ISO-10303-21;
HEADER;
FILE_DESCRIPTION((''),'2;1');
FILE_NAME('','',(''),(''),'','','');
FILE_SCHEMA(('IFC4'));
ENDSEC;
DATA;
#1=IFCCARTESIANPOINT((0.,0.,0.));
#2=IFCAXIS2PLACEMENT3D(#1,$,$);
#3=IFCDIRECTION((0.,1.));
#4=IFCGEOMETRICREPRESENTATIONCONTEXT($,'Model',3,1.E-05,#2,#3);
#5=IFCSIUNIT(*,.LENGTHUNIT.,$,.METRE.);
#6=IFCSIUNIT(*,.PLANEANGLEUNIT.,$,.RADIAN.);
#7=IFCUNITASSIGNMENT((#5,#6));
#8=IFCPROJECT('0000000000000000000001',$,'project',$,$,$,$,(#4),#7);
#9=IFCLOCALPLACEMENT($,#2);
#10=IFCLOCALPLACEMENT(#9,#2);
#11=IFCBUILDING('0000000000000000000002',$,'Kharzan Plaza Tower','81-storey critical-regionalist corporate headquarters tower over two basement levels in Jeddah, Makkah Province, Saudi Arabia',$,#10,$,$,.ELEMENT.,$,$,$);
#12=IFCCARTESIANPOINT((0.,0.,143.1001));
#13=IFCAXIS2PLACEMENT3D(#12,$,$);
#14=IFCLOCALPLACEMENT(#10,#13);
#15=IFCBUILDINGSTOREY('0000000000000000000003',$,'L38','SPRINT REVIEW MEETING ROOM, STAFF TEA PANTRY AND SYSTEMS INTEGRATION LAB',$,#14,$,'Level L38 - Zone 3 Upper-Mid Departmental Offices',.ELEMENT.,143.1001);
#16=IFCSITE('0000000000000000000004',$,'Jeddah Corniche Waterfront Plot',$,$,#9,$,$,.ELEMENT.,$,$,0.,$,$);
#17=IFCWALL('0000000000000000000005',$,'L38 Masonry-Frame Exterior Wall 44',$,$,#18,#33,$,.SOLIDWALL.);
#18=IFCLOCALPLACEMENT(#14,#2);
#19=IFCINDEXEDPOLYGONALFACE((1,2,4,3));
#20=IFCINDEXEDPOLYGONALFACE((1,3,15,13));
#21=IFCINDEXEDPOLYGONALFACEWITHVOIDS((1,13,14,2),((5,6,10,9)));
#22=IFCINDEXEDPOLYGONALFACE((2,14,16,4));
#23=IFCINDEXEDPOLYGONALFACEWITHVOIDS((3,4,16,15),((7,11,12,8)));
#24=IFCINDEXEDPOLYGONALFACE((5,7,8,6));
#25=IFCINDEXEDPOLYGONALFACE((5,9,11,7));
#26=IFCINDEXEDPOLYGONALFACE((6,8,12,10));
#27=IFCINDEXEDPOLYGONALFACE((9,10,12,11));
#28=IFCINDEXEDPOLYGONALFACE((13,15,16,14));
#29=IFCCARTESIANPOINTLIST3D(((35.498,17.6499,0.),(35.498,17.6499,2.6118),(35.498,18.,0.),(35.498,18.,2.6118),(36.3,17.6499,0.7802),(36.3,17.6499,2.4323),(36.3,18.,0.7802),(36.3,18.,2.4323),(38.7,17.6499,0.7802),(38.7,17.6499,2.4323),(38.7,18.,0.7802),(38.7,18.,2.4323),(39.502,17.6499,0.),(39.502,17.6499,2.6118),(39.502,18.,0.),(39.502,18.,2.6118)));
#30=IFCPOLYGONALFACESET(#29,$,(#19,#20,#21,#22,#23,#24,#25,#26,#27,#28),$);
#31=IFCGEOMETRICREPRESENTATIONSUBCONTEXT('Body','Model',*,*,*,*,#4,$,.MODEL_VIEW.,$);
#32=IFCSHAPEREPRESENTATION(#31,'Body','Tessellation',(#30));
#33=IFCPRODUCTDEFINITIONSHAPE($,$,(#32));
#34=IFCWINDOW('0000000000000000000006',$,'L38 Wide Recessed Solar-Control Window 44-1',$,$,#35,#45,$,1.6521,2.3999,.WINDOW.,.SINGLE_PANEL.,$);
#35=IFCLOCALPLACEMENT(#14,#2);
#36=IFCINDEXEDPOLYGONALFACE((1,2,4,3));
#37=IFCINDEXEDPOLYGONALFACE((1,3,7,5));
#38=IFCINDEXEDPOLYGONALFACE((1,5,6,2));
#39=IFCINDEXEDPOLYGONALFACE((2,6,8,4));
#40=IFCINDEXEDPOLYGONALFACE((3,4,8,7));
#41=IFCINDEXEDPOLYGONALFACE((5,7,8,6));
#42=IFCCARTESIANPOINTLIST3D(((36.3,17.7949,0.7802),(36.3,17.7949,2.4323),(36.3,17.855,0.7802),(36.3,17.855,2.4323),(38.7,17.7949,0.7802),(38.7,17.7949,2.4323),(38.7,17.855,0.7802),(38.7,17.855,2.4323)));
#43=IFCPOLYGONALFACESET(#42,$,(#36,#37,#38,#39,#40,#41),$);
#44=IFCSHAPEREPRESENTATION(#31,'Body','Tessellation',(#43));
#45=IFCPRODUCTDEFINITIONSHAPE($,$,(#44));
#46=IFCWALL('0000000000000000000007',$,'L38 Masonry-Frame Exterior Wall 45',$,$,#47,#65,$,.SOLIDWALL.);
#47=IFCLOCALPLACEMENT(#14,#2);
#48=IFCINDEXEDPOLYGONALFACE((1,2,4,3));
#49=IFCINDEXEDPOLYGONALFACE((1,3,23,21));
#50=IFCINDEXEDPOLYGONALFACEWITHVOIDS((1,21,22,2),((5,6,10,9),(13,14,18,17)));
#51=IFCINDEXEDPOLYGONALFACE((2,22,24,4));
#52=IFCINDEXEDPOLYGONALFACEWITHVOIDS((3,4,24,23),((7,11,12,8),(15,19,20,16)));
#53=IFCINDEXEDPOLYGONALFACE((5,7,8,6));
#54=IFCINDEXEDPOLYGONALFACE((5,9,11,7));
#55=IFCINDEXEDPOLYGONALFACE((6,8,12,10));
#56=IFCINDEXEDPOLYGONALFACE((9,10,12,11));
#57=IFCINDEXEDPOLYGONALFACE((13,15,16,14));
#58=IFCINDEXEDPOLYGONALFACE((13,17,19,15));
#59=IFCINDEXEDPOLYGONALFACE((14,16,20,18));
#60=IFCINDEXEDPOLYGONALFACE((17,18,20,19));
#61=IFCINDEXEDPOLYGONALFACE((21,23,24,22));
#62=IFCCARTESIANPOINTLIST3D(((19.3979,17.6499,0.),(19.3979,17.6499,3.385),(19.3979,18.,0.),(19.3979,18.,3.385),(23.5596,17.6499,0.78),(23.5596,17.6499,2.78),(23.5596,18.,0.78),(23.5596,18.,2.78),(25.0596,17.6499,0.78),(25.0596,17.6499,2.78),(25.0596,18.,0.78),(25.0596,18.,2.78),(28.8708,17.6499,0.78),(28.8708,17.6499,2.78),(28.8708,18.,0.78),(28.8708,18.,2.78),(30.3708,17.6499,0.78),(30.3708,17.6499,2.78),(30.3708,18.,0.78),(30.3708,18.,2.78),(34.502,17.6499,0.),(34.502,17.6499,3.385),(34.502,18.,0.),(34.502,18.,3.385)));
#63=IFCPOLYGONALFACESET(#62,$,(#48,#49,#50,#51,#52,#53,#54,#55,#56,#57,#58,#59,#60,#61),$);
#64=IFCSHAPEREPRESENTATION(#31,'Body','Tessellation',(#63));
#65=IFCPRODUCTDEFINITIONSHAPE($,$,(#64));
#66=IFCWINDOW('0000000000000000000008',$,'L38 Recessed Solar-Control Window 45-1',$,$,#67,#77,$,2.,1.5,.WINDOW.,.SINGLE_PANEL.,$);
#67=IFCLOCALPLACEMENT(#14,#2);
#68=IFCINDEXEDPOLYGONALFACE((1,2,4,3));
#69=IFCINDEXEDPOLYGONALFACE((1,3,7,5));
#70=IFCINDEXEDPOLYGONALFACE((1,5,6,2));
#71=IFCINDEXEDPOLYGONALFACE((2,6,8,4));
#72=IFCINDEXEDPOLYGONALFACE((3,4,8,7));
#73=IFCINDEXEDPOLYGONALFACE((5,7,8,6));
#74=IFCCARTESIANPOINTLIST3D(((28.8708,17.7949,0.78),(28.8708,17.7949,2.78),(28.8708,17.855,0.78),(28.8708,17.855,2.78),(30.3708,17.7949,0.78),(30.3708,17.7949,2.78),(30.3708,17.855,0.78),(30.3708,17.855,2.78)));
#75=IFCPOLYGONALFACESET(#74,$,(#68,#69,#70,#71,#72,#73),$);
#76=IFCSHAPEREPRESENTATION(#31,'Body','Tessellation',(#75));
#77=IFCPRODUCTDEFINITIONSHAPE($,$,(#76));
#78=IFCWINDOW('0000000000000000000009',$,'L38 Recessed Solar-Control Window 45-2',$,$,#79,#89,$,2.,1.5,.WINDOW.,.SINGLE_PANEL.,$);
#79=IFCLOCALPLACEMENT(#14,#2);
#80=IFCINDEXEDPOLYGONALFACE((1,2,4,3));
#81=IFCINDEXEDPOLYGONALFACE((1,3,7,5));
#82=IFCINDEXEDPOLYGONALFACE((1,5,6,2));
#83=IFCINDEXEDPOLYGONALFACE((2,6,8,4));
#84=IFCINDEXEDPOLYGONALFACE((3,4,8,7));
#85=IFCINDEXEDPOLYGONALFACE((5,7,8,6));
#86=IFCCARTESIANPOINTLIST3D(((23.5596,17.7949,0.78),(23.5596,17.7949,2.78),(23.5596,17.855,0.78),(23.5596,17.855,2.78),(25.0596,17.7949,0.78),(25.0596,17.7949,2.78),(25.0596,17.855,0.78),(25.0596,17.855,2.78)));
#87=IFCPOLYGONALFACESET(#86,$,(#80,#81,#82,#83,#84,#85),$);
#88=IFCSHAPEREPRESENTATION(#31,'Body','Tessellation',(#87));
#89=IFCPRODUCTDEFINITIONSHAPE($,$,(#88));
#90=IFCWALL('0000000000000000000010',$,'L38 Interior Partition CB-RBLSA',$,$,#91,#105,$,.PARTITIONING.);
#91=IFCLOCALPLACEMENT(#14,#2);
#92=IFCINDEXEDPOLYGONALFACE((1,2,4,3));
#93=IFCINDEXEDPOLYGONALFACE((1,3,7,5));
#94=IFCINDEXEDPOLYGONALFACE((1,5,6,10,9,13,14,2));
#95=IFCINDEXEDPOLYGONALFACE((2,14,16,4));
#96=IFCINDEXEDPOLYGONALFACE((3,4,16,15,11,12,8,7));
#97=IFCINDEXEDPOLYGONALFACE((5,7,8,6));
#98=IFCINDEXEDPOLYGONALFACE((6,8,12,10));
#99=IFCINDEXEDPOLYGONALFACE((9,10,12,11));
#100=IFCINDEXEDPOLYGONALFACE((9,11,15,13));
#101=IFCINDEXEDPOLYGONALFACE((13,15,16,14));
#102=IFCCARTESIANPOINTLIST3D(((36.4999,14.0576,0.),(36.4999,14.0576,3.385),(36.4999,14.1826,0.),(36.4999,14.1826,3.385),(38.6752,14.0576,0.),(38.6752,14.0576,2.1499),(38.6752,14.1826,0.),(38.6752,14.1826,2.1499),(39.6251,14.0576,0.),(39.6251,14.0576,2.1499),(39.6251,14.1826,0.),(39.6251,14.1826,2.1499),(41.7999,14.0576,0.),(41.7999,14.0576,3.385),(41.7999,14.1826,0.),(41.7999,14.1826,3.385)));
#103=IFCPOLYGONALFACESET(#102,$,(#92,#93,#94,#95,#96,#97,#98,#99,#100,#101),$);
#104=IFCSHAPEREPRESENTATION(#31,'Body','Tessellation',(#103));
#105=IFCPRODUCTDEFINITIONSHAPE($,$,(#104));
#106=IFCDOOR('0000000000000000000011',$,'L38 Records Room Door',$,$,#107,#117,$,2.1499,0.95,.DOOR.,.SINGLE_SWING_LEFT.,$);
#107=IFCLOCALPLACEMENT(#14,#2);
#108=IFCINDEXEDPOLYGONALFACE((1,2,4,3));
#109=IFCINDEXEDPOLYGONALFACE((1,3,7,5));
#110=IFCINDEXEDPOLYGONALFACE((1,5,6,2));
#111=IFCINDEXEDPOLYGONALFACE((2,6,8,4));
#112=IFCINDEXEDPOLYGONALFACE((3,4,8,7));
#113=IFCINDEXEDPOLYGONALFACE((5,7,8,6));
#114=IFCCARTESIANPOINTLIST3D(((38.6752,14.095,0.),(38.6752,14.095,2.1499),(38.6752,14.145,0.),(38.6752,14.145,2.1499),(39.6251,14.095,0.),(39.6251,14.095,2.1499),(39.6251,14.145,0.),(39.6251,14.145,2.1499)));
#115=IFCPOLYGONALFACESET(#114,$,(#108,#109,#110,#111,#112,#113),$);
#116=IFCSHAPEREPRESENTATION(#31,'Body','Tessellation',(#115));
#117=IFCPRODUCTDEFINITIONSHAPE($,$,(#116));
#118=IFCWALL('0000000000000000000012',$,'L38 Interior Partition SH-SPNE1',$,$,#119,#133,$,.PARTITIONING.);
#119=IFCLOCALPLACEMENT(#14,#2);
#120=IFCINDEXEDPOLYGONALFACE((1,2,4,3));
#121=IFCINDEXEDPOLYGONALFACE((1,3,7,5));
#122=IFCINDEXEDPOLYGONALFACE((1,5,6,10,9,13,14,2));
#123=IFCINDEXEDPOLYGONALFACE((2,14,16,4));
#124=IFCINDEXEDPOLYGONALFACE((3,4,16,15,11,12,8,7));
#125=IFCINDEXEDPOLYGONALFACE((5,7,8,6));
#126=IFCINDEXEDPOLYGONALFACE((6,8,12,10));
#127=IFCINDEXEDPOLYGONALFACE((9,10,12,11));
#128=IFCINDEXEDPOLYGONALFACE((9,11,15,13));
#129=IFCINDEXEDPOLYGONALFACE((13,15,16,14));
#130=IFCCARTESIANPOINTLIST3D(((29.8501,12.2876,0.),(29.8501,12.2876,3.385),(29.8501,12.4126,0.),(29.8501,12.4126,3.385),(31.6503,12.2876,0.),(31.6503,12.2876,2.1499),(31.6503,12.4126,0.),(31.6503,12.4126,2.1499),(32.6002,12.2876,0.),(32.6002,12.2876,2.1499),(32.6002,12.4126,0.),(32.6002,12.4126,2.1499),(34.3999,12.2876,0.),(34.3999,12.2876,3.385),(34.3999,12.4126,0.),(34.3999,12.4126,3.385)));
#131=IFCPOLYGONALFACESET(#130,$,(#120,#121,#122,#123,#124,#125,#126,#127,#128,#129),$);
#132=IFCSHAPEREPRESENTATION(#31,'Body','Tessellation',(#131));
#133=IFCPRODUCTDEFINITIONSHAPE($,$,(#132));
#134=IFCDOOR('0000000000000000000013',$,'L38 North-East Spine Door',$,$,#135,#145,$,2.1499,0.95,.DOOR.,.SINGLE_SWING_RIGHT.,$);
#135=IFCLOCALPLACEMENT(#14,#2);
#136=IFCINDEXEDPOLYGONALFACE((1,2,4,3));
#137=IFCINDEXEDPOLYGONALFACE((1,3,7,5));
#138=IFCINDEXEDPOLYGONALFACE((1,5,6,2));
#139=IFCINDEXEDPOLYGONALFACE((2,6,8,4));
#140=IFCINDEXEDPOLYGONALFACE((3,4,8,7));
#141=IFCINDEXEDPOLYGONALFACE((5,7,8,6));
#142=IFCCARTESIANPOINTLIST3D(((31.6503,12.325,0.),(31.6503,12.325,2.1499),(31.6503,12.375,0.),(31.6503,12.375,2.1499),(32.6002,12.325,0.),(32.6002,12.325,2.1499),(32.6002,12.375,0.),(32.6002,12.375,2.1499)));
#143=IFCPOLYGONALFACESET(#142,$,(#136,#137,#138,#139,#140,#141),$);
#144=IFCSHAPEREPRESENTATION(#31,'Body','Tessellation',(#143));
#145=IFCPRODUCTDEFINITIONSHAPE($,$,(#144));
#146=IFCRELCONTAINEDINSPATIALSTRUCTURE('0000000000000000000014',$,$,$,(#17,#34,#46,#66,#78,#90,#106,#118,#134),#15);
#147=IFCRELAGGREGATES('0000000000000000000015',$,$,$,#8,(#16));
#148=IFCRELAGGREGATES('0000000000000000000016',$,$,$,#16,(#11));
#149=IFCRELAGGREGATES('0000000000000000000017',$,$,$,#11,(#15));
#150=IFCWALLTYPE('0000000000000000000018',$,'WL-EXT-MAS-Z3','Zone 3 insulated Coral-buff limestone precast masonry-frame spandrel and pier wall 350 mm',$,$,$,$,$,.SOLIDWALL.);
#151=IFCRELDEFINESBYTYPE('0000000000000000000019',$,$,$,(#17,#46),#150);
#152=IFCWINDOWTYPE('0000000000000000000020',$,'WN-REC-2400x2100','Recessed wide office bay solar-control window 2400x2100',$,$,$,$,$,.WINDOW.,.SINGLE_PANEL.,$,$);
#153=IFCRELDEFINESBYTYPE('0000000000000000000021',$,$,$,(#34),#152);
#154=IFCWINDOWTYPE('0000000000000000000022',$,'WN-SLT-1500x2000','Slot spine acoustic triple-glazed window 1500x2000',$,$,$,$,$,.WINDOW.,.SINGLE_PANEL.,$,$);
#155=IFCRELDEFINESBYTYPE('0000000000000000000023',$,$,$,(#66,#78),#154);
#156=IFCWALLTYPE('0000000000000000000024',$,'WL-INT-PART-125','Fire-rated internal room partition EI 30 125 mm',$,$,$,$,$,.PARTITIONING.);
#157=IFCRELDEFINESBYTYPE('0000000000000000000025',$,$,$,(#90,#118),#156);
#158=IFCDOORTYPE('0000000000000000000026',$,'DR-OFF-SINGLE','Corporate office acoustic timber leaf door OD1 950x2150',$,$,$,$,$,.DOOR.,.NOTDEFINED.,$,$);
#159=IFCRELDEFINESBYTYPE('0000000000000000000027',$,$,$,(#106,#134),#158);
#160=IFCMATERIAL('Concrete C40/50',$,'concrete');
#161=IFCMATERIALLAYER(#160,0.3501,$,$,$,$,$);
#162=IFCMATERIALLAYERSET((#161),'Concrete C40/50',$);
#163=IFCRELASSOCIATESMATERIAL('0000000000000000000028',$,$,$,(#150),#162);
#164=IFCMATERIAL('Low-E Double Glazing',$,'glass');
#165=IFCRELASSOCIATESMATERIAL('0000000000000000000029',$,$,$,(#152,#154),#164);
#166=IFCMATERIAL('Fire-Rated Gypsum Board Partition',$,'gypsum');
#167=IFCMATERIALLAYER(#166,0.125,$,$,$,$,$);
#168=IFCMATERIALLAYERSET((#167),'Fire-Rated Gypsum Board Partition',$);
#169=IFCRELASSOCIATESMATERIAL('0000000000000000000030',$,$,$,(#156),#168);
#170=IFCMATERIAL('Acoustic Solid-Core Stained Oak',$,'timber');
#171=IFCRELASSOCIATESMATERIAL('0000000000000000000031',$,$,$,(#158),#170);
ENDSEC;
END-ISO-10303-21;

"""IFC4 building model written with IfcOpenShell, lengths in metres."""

from ifc_helpers import new_model, si_unit, direction, frame, frame_2d, origin, place, context, subcontext, project, spatial, rectangle, extrude, source, transform, mapped, material, layer, layer_set, type_object, element, fill, save


model = new_model("IFC4")

# Units and contexts
model_context = context("Model", 3, precision=1e-05, world=origin(), true_north=direction((0.0, 1.0)))
body_context = subcontext(model_context, "Body", "Model", "MODEL_VIEW")
ifc_project = project(units=[si_unit("LENGTHUNIT", "METRE"), si_unit("PLANEANGLEUNIT", "RADIAN")], contexts=[model_context])

# Site, building, storey
site_placement = place(None, origin())
site = spatial("IfcSite", under=ifc_project, at=site_placement, Name="Jeddah Corniche Waterfront Plot", CompositionType="ELEMENT", RefElevation=0.0)
building_placement = place(site_placement, origin())
building = spatial("IfcBuilding", under=site, at=building_placement, Name="Kharzan Plaza Tower", Description="81-storey critical-regionalist corporate headquarters tower over two basement levels in Jeddah, Makkah Province, Saudi Arabia", CompositionType="ELEMENT")
storey_placement = place(building_placement, frame((0.0, 0.0, 143.1001)))
storey = spatial("IfcBuildingStorey", under=building, at=storey_placement, Name="L38", Description="SPRINT REVIEW MEETING ROOM, STAFF TEA PANTRY AND SYSTEMS INTEGRATION LAB", LongName="Level L38 - Zone 3 Upper-Mid Departmental Offices", CompositionType="ELEMENT", Elevation=143.1001)

# Wall, opening, window
ifc_material_1 = material(Name="Concrete C40/50", Category="concrete")
ifc_layer_1 = layer(ifc_material_1, 0.3501)
ifc_layer_set_1 = layer_set([ifc_layer_1], Name="Concrete C40/50")
wall_type_1 = type_object("IfcWallType", Name="WL-EXT-MAS-Z3", Description="Zone 3 insulated Coral-buff limestone precast masonry-frame spandrel and pier wall 350 mm", PredefinedType="SOLIDWALL", material=ifc_layer_set_1)
wall_1_placement = place(storey_placement, frame((39.502, 17.825, 0.0), z_axis=(0.0, 0.0, 1.0), x_axis=(-1.0, 0.0, 0.0)))
wall_1 = element("IfcWall", 1, at=wall_1_placement, inside=storey, type_object=wall_type_1, Name="L38 Masonry-Frame Exterior Wall 44", PredefinedType="SOLIDWALL", context=body_context, shape_type="SweptSolid", body=[
    extrude(rectangle(XDim=4.0039, YDim=0.3501, at=frame_2d((2.002, 0.0))), origin(), (0.0, 0.0, 1.0), 2.6118),
])
opening_1_placement = place(wall_1_placement, frame((0.802, 0.0, 0.78)))
opening_1 = element("IfcOpeningElement", 2, at=opening_1_placement, cuts=wall_1, PredefinedType="OPENING", context=body_context, shape_type="SweptSolid", body=[
    extrude(rectangle(XDim=2.3999, YDim=1.6521, at=frame_2d((1.2, 0.8262))), frame((0.0, 0.1851, 0.0), z_axis=(0.0, -1.0, 0.0), x_axis=(1.0, 0.0, 0.0)), (0.0, 0.0, 1.0), 0.3701),
])
ifc_material_2 = material(Name="Low-E Double Glazing", Category="glass")
window_type_1 = type_object("IfcWindowType", Name="WN-REC-2400x2100", Description="Recessed wide office bay solar-control window 2400x2100", PartitioningType="SINGLE_PANEL", PredefinedType="WINDOW", material=ifc_material_2)
shared_shape_1 = source(origin(), body_context, "Body", "SweptSolid", [
    extrude(rectangle(XDim=2.3999, YDim=1.6521, at=frame_2d((1.2, 0.8262))), frame((0.0, 0.03, 0.0), z_axis=(0.0, -1.0, 0.0), x_axis=(1.0, 0.0, 0.0)), (0.0, 0.0, 1.0), 0.0601),
])
window_1_placement = place(opening_1_placement, origin())
window_1 = element("IfcWindow", 3, at=window_1_placement, inside=storey, type_object=window_type_1, Name="L38 Wide Recessed Solar-Control Window 44-1", OverallHeight=1.6521, OverallWidth=2.3999, PartitioningType="SINGLE_PANEL", PredefinedType="WINDOW", context=body_context, shape_type="MappedRepresentation", body=[
    mapped(shared_shape_1, transform((0.0, 0.0, 0.0), x_axis=(1.0, 0.0, 0.0), y_axis=(0.0, 1.0, 0.0), z_axis=(0.0, 0.0, 1.0))),
])
fill(opening_1, window_1)

# Wall, openings, windows
wall_2_placement = place(storey_placement, frame((34.502, 17.825, 0.0), z_axis=(0.0, 0.0, 1.0), x_axis=(-1.0, 0.0, 0.0)))
wall_2 = element("IfcWall", 4, at=wall_2_placement, inside=storey, type_object=wall_type_1, Name="L38 Masonry-Frame Exterior Wall 45", PredefinedType="SOLIDWALL", context=body_context, shape_type="SweptSolid", body=[
    extrude(rectangle(XDim=15.104, YDim=0.3501, at=frame_2d((7.552, 0.0))), origin(), (0.0, 0.0, 1.0), 3.385),
])
opening_2_placement = place(wall_2_placement, frame((4.1311, 0.0, 0.78)))
opening_2 = element("IfcOpeningElement", 5, at=opening_2_placement, cuts=wall_2, PredefinedType="OPENING", context=body_context, shape_type="SweptSolid", body=[
    extrude(rectangle(XDim=1.5, YDim=2.0, at=frame_2d((0.75, 1.0))), frame((0.0, 0.1851, 0.0), z_axis=(0.0, -1.0, 0.0), x_axis=(1.0, 0.0, 0.0)), (0.0, 0.0, 1.0), 0.3701),
])
opening_3_placement = place(wall_2_placement, frame((9.4424, 0.0, 0.78)))
opening_3 = element("IfcOpeningElement", 6, at=opening_3_placement, cuts=wall_2, PredefinedType="OPENING", context=body_context, shape_type="SweptSolid", body=[
    extrude(rectangle(XDim=1.5, YDim=2.0, at=frame_2d((0.75, 1.0))), frame((0.0, 0.1851, 0.0), z_axis=(0.0, -1.0, 0.0), x_axis=(1.0, 0.0, 0.0)), (0.0, 0.0, 1.0), 0.3701),
])
window_type_2 = type_object("IfcWindowType", Name="WN-SLT-1500x2000", Description="Slot spine acoustic triple-glazed window 1500x2000", PartitioningType="SINGLE_PANEL", PredefinedType="WINDOW", material=ifc_material_2)
shared_shape_2 = source(origin(), body_context, "Body", "SweptSolid", [
    extrude(rectangle(XDim=1.5, YDim=2.0, at=frame_2d((0.75, 1.0))), frame((0.0, 0.03, 0.0), z_axis=(0.0, -1.0, 0.0), x_axis=(1.0, 0.0, 0.0)), (0.0, 0.0, 1.0), 0.0601),
])
window_2_placement = place(opening_2_placement, origin())
window_2 = element("IfcWindow", 7, at=window_2_placement, inside=storey, type_object=window_type_2, Name="L38 Recessed Solar-Control Window 45-1", OverallHeight=2.0, OverallWidth=1.5, PartitioningType="SINGLE_PANEL", PredefinedType="WINDOW", context=body_context, shape_type="MappedRepresentation", body=[
    mapped(shared_shape_2, transform((0.0, 0.0, 0.0), x_axis=(1.0, 0.0, 0.0), y_axis=(0.0, 1.0, 0.0), z_axis=(0.0, 0.0, 1.0))),
])
fill(opening_2, window_2)
window_3_placement = place(opening_3_placement, origin())
window_3 = element("IfcWindow", 8, at=window_3_placement, inside=storey, type_object=window_type_2, Name="L38 Recessed Solar-Control Window 45-2", OverallHeight=2.0, OverallWidth=1.5, PartitioningType="SINGLE_PANEL", PredefinedType="WINDOW", context=body_context, shape_type="MappedRepresentation", body=[
    mapped(shared_shape_2, transform((0.0, 0.0, 0.0), x_axis=(1.0, 0.0, 0.0), y_axis=(0.0, 1.0, 0.0), z_axis=(0.0, 0.0, 1.0))),
])
fill(opening_3, window_3)

# Walls, openings, doors
ifc_material_3 = material(Name="Fire-Rated Gypsum Board Partition", Category="gypsum")
ifc_layer_2 = layer(ifc_material_3, 0.125)
ifc_layer_set_2 = layer_set([ifc_layer_2], Name="Fire-Rated Gypsum Board Partition")
wall_type_2 = type_object("IfcWallType", Name="WL-INT-PART-125", Description="Fire-rated internal room partition EI 30 125 mm", PredefinedType="PARTITIONING", material=ifc_layer_set_2)
wall_3_placement = place(storey_placement, frame((36.5, 14.1201, 0.0), z_axis=(0.0, 0.0, 1.0), x_axis=(1.0, 0.0, 0.0)))
wall_3 = element("IfcWall", 9, at=wall_3_placement, inside=storey, type_object=wall_type_2, Name="L38 Interior Partition CB-RBLSA", PredefinedType="PARTITIONING", context=body_context, shape_type="SweptSolid", body=[
    extrude(rectangle(XDim=5.3, YDim=0.125, at=frame_2d((2.6499, 0.0))), origin(), (0.0, 0.0, 1.0), 3.385),
])
opening_4_placement = place(wall_3_placement, frame((2.175, 0.0, 0.0)))
opening_4 = element("IfcOpeningElement", 10, at=opening_4_placement, cuts=wall_3, PredefinedType="OPENING", context=body_context, shape_type="SweptSolid", body=[
    extrude(rectangle(XDim=0.95, YDim=2.1499, at=frame_2d((0.4751, 1.075))), frame((0.0, 0.0725, 0.0), z_axis=(0.0, -1.0, 0.0), x_axis=(1.0, 0.0, 0.0)), (0.0, 0.0, 1.0), 0.145),
])
ifc_material_4 = material(Name="Acoustic Solid-Core Stained Oak", Category="timber")
door_type_1 = type_object("IfcDoorType", Name="DR-OFF-SINGLE", Description="Corporate office acoustic timber leaf door OD1 950x2150", OperationType="NOTDEFINED", PredefinedType="DOOR", material=ifc_material_4)
shared_shape_3 = source(origin(), body_context, "Body", "SweptSolid", [
    extrude(rectangle(XDim=0.95, YDim=2.1499, at=frame_2d((0.4751, 1.075))), frame((0.0, 0.0249, 0.0), z_axis=(0.0, -1.0, 0.0), x_axis=(1.0, 0.0, 0.0)), (0.0, 0.0, 1.0), 0.05),
])
door_1_placement = place(opening_4_placement, origin())
door_1 = element("IfcDoor", 11, at=door_1_placement, inside=storey, type_object=door_type_1, Name="L38 Records Room Door", OperationType="SINGLE_SWING_LEFT", OverallHeight=2.1499, OverallWidth=0.95, PredefinedType="DOOR", context=body_context, shape_type="MappedRepresentation", body=[
    mapped(shared_shape_3, transform((0.0, 0.0, 0.0), x_axis=(1.0, 0.0, 0.0), y_axis=(0.0, 1.0, 0.0), z_axis=(0.0, 0.0, 1.0))),
])
fill(opening_4, door_1)
wall_4_placement = place(storey_placement, frame((29.8501, 12.3501, 0.0), z_axis=(0.0, 0.0, 1.0), x_axis=(1.0, 0.0, 0.0)))
wall_4 = element("IfcWall", 12, at=wall_4_placement, inside=storey, type_object=wall_type_2, Name="L38 Interior Partition SH-SPNE1", PredefinedType="PARTITIONING", context=body_context, shape_type="SweptSolid", body=[
    extrude(rectangle(XDim=4.5498, YDim=0.125, at=frame_2d((2.2749, 0.0))), origin(), (0.0, 0.0, 1.0), 3.385),
])
opening_5_placement = place(wall_4_placement, frame((1.8, 0.0, 0.0)))
opening_5 = element("IfcOpeningElement", 13, at=opening_5_placement, cuts=wall_4, PredefinedType="OPENING", context=body_context, shape_type="SweptSolid", body=[
    extrude(rectangle(XDim=0.95, YDim=2.1499, at=frame_2d((0.4751, 1.075))), frame((0.0, 0.0725, 0.0), z_axis=(0.0, -1.0, 0.0), x_axis=(1.0, 0.0, 0.0)), (0.0, 0.0, 1.0), 0.145),
])
door_2_placement = place(opening_5_placement, origin())
door_2 = element("IfcDoor", 14, at=door_2_placement, inside=storey, type_object=door_type_1, Name="L38 North-East Spine Door", OperationType="SINGLE_SWING_RIGHT", OverallHeight=2.1499, OverallWidth=0.95, PredefinedType="DOOR", context=body_context, shape_type="MappedRepresentation", body=[
    mapped(shared_shape_3, transform((0.0, 0.0, 0.0), x_axis=(1.0, 0.0, 0.0), y_axis=(0.0, 1.0, 0.0), z_axis=(0.0, 0.0, 1.0))),
])
fill(opening_5, door_2)

save(model, "model.ifc")
